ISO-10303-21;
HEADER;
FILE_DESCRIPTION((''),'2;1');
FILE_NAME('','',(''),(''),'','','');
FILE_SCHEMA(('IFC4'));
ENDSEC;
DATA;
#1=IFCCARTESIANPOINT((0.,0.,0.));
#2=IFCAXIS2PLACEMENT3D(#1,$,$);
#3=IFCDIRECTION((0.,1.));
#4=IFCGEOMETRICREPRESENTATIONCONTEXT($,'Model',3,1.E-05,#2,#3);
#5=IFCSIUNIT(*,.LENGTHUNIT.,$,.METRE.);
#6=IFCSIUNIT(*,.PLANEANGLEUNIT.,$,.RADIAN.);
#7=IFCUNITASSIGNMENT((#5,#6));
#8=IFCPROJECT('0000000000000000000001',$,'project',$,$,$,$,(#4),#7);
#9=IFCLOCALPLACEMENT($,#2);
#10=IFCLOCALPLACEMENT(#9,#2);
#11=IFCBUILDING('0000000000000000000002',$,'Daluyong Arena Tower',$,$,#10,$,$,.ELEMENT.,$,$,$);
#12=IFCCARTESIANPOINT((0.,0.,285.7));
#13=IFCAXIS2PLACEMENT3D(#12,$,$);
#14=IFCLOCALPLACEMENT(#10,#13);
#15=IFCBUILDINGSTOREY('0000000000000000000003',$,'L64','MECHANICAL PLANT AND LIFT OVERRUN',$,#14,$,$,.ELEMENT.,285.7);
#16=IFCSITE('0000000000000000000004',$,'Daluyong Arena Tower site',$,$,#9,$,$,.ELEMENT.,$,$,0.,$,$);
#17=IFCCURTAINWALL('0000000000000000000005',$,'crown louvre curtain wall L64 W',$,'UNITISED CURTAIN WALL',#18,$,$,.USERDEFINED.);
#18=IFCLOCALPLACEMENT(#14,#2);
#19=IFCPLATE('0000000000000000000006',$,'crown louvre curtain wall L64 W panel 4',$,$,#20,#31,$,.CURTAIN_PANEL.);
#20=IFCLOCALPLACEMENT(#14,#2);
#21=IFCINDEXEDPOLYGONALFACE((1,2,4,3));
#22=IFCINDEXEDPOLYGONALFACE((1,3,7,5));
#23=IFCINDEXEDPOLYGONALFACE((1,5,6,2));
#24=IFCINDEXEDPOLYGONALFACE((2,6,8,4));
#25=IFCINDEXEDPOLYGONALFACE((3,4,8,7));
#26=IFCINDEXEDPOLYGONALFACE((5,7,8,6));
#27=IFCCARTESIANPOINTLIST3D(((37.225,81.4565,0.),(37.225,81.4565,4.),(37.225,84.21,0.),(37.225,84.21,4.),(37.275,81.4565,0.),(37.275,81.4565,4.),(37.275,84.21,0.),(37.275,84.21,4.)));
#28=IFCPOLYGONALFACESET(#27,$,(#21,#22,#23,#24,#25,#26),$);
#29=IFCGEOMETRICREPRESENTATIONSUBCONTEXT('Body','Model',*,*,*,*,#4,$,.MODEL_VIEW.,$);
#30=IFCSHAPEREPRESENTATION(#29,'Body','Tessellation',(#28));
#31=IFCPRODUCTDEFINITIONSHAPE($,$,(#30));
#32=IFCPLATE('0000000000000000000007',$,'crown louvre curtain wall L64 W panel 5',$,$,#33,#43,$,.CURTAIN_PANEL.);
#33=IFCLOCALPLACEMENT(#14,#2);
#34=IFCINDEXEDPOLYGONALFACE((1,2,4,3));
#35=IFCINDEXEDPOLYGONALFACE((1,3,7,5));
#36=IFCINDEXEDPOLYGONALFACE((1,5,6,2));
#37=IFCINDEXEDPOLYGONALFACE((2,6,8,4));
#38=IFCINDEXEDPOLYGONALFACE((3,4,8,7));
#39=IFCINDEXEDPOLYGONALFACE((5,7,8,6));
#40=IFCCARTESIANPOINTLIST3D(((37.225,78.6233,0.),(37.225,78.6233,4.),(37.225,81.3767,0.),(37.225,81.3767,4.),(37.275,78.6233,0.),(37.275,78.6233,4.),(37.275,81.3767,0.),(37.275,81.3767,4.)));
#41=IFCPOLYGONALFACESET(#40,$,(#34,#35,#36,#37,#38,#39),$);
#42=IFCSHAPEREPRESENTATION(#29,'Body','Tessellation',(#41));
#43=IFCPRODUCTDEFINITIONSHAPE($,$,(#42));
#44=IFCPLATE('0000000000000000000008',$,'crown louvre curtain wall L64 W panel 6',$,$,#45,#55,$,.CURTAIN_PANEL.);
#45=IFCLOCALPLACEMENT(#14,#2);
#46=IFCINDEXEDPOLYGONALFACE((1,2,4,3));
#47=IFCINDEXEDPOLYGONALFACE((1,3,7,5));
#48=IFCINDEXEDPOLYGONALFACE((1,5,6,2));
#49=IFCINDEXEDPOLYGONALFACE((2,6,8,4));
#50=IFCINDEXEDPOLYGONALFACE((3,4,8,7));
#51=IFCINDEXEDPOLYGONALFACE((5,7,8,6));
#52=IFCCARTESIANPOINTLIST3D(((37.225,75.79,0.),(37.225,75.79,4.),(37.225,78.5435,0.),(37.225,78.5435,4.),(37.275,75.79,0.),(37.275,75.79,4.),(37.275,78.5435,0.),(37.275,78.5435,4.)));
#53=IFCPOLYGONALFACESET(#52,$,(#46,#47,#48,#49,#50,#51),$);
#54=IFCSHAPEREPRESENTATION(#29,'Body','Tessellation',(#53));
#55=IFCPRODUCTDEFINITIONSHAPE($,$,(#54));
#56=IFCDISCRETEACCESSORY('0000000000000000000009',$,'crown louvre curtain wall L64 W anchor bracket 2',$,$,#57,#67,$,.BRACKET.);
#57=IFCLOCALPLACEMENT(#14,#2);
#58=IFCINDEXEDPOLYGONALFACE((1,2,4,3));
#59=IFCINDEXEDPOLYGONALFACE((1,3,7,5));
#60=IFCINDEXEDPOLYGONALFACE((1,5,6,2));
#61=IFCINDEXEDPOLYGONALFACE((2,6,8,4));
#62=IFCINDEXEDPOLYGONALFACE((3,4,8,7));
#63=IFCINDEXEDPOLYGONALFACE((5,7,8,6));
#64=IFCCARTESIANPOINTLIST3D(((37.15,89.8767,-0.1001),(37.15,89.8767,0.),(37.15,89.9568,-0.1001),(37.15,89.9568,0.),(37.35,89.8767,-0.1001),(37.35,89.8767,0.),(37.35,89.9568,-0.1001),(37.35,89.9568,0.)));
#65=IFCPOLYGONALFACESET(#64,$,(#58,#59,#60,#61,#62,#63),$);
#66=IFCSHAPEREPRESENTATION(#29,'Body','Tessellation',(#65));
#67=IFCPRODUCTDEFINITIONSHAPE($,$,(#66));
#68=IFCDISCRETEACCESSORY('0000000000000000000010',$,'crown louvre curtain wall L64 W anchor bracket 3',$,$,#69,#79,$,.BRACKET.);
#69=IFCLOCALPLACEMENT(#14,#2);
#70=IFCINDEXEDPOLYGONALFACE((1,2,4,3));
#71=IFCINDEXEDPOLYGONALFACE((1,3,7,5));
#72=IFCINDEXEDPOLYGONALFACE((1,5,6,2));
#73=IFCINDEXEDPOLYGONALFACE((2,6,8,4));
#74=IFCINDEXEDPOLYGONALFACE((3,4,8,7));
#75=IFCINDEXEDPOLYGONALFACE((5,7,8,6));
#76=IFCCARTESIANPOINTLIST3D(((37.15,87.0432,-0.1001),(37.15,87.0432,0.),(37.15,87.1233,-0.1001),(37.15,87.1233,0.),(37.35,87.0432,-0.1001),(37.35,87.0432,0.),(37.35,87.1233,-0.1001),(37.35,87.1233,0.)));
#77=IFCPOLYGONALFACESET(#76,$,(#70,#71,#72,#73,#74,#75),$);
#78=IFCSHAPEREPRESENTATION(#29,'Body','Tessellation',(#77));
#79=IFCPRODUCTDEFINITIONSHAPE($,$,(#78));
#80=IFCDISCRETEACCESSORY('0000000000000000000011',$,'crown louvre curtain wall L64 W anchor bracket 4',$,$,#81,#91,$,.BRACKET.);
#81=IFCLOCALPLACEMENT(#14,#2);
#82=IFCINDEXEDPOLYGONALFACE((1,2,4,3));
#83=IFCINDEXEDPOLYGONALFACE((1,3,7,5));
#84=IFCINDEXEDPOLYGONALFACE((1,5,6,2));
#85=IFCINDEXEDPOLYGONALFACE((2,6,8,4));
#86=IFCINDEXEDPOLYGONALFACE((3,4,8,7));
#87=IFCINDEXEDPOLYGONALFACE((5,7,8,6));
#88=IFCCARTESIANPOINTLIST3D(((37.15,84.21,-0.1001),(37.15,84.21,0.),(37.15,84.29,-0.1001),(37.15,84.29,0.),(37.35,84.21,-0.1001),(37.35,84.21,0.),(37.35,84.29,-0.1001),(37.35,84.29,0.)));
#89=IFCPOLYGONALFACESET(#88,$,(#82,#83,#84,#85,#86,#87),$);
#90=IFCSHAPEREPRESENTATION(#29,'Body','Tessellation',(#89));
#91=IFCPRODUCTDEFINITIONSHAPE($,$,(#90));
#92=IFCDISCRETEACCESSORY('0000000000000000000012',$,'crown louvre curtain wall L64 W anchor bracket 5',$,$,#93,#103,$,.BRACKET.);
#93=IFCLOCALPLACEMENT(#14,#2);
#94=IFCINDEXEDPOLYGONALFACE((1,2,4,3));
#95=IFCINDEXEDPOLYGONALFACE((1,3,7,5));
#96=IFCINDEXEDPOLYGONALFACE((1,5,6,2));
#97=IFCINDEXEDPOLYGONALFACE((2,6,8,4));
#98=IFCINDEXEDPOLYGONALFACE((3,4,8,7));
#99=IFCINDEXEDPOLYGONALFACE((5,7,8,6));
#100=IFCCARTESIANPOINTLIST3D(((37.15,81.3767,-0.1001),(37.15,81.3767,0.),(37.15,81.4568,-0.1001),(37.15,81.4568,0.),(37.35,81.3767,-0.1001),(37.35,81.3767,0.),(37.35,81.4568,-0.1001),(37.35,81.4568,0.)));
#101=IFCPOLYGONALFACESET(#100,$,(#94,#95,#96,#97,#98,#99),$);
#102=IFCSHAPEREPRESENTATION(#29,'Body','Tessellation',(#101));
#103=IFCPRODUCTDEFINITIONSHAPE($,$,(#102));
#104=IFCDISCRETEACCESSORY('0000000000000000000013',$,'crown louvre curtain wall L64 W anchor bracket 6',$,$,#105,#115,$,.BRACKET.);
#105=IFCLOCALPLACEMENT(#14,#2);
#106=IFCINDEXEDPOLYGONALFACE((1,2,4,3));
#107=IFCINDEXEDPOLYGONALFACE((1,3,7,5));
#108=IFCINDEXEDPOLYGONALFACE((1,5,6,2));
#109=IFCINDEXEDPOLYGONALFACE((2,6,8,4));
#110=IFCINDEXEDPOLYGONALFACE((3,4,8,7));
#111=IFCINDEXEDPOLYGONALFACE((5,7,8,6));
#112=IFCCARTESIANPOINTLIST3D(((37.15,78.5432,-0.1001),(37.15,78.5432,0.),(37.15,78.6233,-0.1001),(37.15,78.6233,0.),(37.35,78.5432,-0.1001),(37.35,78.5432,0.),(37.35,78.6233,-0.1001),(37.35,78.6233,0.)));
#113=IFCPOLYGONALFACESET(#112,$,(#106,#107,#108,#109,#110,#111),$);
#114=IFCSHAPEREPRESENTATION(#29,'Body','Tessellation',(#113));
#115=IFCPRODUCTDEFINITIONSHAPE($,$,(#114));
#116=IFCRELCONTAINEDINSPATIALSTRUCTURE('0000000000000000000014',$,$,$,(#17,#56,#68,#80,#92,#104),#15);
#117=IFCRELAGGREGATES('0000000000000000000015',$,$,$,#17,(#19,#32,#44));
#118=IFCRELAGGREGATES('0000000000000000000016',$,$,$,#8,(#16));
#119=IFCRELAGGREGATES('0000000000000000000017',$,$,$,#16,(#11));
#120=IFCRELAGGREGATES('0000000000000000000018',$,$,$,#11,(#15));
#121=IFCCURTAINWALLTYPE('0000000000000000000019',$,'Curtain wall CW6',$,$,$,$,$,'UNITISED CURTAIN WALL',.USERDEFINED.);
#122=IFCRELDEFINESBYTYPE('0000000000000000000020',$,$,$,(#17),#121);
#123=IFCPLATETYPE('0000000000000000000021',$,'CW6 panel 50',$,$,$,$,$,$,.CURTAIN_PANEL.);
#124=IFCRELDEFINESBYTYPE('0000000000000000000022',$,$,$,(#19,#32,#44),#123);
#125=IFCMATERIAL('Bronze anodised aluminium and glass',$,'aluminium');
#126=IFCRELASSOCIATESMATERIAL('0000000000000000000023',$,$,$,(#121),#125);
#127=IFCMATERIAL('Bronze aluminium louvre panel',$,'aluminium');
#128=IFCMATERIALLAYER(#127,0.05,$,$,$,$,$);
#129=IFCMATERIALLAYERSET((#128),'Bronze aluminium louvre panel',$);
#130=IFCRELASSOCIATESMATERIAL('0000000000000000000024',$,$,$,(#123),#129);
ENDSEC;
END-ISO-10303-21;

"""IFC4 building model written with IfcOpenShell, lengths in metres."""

from ifc_helpers import new_model, si_unit, direction, frame, origin, origin_2d, place, context, subcontext, project, spatial, rectangle, extrude, material, layer, layer_set, type_object, element, aggregate, save


model = new_model("IFC4")

# Units and contexts
model_context = context("Model", 3, precision=1e-05, world=origin(), true_north=direction((0.0, 1.0)))
body_context = subcontext(model_context, "Body", "Model", "MODEL_VIEW")
ifc_project = project(units=[si_unit("LENGTHUNIT", "METRE"), si_unit("PLANEANGLEUNIT", "RADIAN")], contexts=[model_context])

# Site, building, storey
site_placement = place(None, origin())
site = spatial("IfcSite", under=ifc_project, at=site_placement, Name="Daluyong Arena Tower site", CompositionType="ELEMENT", RefElevation=0.0)
building_placement = place(site_placement, origin())
building = spatial("IfcBuilding", under=site, at=building_placement, Name="Daluyong Arena Tower", CompositionType="ELEMENT")
storey_placement = place(building_placement, frame((0.0, 0.0, 285.7)))
storey = spatial("IfcBuildingStorey", under=building, at=storey_placement, Name="L64", Description="MECHANICAL PLANT AND LIFT OVERRUN", CompositionType="ELEMENT", Elevation=285.7)

# Curtain wall
ifc_material_1 = material(Name="Bronze anodised aluminium and glass", Category="aluminium")
curtain_wall_type = type_object("IfcCurtainWallType", Name="Curtain wall CW6", ElementType="UNITISED CURTAIN WALL", PredefinedType="USERDEFINED", material=ifc_material_1)
curtain_wall_placement = place(storey_placement, origin())
curtain_wall = element("IfcCurtainWall", 1, at=curtain_wall_placement, inside=storey, type_object=curtain_wall_type, Name="crown louvre curtain wall L64 W", ObjectType="UNITISED CURTAIN WALL", PredefinedType="USERDEFINED")

# Plates
ifc_material_2 = material(Name="Bronze aluminium louvre panel", Category="aluminium")
ifc_layer = layer(ifc_material_2, 0.05)
ifc_layer_set = layer_set([ifc_layer], Name="Bronze aluminium louvre panel")
plate_type = type_object("IfcPlateType", Name="CW6 panel 50", PredefinedType="CURTAIN_PANEL", material=ifc_layer_set)
plate_1_placement = place(storey_placement, frame((37.25, 82.8333, 0.0), z_axis=(0.0, 0.0, 1.0), x_axis=(0.0, -1.0, 0.0)))
plate_1 = element("IfcPlate", 2, at=plate_1_placement, type_object=plate_type, Name="crown louvre curtain wall L64 W panel 4", PredefinedType="CURTAIN_PANEL", context=body_context, shape_type="SweptSolid", body=[
    extrude(rectangle(XDim=2.7534, YDim=0.05, at=origin_2d()), origin(), (0.0, 0.0, 1.0), 4.0),
])
plate_2_placement = place(storey_placement, frame((37.25, 80.0, 0.0), z_axis=(0.0, 0.0, 1.0), x_axis=(0.0, -1.0, 0.0)))
plate_2 = element("IfcPlate", 3, at=plate_2_placement, type_object=plate_type, Name="crown louvre curtain wall L64 W panel 5", PredefinedType="CURTAIN_PANEL", context=body_context, shape_type="SweptSolid", body=[
    extrude(rectangle(XDim=2.7534, YDim=0.05, at=origin_2d()), origin(), (0.0, 0.0, 1.0), 4.0),
])
plate_3_placement = place(storey_placement, frame((37.25, 77.1667, 0.0), z_axis=(0.0, 0.0, 1.0), x_axis=(0.0, -1.0, 0.0)))
plate_3 = element("IfcPlate", 4, at=plate_3_placement, type_object=plate_type, Name="crown louvre curtain wall L64 W panel 6", PredefinedType="CURTAIN_PANEL", context=body_context, shape_type="SweptSolid", body=[
    extrude(rectangle(XDim=2.7534, YDim=0.05, at=origin_2d()), origin(), (0.0, 0.0, 1.0), 4.0),
])
aggregate(curtain_wall, [plate_1, plate_2, plate_3])

# Discrete accessories
for number, where, z_axis, x_axis, name in (
    (5, (37.25, 89.9167, -0.1001), (0.0, 0.0, 1.0), (0.0, -1.0, 0.0), "crown louvre curtain wall L64 W anchor bracket 2"),
    (6, (37.25, 87.0833, -0.1001), (0.0, 0.0, 1.0), (0.0, -1.0, 0.0), "crown louvre curtain wall L64 W anchor bracket 3"),
    (7, (37.25, 84.25, -0.1001), (0.0, 0.0, 1.0), (0.0, -1.0, 0.0), "crown louvre curtain wall L64 W anchor bracket 4"),
    (8, (37.25, 81.4167, -0.1001), (0.0, 0.0, 1.0), (0.0, -1.0, 0.0), "crown louvre curtain wall L64 W anchor bracket 5"),
    (9, (37.25, 78.5833, -0.1001), (0.0, 0.0, 1.0), (0.0, -1.0, 0.0), "crown louvre curtain wall L64 W anchor bracket 6"),
):
    element("IfcDiscreteAccessory", number, at=place(storey_placement, frame(where, z_axis=z_axis, x_axis=x_axis)), inside=storey, Name=name, PredefinedType="BRACKET", context=body_context, shape_type="SweptSolid", body=[
        extrude(rectangle(XDim=0.0801, YDim=0.2, at=origin_2d()), origin(), (0.0, 0.0, 1.0), 0.1001),
    ])

save(model, "model.ifc")
